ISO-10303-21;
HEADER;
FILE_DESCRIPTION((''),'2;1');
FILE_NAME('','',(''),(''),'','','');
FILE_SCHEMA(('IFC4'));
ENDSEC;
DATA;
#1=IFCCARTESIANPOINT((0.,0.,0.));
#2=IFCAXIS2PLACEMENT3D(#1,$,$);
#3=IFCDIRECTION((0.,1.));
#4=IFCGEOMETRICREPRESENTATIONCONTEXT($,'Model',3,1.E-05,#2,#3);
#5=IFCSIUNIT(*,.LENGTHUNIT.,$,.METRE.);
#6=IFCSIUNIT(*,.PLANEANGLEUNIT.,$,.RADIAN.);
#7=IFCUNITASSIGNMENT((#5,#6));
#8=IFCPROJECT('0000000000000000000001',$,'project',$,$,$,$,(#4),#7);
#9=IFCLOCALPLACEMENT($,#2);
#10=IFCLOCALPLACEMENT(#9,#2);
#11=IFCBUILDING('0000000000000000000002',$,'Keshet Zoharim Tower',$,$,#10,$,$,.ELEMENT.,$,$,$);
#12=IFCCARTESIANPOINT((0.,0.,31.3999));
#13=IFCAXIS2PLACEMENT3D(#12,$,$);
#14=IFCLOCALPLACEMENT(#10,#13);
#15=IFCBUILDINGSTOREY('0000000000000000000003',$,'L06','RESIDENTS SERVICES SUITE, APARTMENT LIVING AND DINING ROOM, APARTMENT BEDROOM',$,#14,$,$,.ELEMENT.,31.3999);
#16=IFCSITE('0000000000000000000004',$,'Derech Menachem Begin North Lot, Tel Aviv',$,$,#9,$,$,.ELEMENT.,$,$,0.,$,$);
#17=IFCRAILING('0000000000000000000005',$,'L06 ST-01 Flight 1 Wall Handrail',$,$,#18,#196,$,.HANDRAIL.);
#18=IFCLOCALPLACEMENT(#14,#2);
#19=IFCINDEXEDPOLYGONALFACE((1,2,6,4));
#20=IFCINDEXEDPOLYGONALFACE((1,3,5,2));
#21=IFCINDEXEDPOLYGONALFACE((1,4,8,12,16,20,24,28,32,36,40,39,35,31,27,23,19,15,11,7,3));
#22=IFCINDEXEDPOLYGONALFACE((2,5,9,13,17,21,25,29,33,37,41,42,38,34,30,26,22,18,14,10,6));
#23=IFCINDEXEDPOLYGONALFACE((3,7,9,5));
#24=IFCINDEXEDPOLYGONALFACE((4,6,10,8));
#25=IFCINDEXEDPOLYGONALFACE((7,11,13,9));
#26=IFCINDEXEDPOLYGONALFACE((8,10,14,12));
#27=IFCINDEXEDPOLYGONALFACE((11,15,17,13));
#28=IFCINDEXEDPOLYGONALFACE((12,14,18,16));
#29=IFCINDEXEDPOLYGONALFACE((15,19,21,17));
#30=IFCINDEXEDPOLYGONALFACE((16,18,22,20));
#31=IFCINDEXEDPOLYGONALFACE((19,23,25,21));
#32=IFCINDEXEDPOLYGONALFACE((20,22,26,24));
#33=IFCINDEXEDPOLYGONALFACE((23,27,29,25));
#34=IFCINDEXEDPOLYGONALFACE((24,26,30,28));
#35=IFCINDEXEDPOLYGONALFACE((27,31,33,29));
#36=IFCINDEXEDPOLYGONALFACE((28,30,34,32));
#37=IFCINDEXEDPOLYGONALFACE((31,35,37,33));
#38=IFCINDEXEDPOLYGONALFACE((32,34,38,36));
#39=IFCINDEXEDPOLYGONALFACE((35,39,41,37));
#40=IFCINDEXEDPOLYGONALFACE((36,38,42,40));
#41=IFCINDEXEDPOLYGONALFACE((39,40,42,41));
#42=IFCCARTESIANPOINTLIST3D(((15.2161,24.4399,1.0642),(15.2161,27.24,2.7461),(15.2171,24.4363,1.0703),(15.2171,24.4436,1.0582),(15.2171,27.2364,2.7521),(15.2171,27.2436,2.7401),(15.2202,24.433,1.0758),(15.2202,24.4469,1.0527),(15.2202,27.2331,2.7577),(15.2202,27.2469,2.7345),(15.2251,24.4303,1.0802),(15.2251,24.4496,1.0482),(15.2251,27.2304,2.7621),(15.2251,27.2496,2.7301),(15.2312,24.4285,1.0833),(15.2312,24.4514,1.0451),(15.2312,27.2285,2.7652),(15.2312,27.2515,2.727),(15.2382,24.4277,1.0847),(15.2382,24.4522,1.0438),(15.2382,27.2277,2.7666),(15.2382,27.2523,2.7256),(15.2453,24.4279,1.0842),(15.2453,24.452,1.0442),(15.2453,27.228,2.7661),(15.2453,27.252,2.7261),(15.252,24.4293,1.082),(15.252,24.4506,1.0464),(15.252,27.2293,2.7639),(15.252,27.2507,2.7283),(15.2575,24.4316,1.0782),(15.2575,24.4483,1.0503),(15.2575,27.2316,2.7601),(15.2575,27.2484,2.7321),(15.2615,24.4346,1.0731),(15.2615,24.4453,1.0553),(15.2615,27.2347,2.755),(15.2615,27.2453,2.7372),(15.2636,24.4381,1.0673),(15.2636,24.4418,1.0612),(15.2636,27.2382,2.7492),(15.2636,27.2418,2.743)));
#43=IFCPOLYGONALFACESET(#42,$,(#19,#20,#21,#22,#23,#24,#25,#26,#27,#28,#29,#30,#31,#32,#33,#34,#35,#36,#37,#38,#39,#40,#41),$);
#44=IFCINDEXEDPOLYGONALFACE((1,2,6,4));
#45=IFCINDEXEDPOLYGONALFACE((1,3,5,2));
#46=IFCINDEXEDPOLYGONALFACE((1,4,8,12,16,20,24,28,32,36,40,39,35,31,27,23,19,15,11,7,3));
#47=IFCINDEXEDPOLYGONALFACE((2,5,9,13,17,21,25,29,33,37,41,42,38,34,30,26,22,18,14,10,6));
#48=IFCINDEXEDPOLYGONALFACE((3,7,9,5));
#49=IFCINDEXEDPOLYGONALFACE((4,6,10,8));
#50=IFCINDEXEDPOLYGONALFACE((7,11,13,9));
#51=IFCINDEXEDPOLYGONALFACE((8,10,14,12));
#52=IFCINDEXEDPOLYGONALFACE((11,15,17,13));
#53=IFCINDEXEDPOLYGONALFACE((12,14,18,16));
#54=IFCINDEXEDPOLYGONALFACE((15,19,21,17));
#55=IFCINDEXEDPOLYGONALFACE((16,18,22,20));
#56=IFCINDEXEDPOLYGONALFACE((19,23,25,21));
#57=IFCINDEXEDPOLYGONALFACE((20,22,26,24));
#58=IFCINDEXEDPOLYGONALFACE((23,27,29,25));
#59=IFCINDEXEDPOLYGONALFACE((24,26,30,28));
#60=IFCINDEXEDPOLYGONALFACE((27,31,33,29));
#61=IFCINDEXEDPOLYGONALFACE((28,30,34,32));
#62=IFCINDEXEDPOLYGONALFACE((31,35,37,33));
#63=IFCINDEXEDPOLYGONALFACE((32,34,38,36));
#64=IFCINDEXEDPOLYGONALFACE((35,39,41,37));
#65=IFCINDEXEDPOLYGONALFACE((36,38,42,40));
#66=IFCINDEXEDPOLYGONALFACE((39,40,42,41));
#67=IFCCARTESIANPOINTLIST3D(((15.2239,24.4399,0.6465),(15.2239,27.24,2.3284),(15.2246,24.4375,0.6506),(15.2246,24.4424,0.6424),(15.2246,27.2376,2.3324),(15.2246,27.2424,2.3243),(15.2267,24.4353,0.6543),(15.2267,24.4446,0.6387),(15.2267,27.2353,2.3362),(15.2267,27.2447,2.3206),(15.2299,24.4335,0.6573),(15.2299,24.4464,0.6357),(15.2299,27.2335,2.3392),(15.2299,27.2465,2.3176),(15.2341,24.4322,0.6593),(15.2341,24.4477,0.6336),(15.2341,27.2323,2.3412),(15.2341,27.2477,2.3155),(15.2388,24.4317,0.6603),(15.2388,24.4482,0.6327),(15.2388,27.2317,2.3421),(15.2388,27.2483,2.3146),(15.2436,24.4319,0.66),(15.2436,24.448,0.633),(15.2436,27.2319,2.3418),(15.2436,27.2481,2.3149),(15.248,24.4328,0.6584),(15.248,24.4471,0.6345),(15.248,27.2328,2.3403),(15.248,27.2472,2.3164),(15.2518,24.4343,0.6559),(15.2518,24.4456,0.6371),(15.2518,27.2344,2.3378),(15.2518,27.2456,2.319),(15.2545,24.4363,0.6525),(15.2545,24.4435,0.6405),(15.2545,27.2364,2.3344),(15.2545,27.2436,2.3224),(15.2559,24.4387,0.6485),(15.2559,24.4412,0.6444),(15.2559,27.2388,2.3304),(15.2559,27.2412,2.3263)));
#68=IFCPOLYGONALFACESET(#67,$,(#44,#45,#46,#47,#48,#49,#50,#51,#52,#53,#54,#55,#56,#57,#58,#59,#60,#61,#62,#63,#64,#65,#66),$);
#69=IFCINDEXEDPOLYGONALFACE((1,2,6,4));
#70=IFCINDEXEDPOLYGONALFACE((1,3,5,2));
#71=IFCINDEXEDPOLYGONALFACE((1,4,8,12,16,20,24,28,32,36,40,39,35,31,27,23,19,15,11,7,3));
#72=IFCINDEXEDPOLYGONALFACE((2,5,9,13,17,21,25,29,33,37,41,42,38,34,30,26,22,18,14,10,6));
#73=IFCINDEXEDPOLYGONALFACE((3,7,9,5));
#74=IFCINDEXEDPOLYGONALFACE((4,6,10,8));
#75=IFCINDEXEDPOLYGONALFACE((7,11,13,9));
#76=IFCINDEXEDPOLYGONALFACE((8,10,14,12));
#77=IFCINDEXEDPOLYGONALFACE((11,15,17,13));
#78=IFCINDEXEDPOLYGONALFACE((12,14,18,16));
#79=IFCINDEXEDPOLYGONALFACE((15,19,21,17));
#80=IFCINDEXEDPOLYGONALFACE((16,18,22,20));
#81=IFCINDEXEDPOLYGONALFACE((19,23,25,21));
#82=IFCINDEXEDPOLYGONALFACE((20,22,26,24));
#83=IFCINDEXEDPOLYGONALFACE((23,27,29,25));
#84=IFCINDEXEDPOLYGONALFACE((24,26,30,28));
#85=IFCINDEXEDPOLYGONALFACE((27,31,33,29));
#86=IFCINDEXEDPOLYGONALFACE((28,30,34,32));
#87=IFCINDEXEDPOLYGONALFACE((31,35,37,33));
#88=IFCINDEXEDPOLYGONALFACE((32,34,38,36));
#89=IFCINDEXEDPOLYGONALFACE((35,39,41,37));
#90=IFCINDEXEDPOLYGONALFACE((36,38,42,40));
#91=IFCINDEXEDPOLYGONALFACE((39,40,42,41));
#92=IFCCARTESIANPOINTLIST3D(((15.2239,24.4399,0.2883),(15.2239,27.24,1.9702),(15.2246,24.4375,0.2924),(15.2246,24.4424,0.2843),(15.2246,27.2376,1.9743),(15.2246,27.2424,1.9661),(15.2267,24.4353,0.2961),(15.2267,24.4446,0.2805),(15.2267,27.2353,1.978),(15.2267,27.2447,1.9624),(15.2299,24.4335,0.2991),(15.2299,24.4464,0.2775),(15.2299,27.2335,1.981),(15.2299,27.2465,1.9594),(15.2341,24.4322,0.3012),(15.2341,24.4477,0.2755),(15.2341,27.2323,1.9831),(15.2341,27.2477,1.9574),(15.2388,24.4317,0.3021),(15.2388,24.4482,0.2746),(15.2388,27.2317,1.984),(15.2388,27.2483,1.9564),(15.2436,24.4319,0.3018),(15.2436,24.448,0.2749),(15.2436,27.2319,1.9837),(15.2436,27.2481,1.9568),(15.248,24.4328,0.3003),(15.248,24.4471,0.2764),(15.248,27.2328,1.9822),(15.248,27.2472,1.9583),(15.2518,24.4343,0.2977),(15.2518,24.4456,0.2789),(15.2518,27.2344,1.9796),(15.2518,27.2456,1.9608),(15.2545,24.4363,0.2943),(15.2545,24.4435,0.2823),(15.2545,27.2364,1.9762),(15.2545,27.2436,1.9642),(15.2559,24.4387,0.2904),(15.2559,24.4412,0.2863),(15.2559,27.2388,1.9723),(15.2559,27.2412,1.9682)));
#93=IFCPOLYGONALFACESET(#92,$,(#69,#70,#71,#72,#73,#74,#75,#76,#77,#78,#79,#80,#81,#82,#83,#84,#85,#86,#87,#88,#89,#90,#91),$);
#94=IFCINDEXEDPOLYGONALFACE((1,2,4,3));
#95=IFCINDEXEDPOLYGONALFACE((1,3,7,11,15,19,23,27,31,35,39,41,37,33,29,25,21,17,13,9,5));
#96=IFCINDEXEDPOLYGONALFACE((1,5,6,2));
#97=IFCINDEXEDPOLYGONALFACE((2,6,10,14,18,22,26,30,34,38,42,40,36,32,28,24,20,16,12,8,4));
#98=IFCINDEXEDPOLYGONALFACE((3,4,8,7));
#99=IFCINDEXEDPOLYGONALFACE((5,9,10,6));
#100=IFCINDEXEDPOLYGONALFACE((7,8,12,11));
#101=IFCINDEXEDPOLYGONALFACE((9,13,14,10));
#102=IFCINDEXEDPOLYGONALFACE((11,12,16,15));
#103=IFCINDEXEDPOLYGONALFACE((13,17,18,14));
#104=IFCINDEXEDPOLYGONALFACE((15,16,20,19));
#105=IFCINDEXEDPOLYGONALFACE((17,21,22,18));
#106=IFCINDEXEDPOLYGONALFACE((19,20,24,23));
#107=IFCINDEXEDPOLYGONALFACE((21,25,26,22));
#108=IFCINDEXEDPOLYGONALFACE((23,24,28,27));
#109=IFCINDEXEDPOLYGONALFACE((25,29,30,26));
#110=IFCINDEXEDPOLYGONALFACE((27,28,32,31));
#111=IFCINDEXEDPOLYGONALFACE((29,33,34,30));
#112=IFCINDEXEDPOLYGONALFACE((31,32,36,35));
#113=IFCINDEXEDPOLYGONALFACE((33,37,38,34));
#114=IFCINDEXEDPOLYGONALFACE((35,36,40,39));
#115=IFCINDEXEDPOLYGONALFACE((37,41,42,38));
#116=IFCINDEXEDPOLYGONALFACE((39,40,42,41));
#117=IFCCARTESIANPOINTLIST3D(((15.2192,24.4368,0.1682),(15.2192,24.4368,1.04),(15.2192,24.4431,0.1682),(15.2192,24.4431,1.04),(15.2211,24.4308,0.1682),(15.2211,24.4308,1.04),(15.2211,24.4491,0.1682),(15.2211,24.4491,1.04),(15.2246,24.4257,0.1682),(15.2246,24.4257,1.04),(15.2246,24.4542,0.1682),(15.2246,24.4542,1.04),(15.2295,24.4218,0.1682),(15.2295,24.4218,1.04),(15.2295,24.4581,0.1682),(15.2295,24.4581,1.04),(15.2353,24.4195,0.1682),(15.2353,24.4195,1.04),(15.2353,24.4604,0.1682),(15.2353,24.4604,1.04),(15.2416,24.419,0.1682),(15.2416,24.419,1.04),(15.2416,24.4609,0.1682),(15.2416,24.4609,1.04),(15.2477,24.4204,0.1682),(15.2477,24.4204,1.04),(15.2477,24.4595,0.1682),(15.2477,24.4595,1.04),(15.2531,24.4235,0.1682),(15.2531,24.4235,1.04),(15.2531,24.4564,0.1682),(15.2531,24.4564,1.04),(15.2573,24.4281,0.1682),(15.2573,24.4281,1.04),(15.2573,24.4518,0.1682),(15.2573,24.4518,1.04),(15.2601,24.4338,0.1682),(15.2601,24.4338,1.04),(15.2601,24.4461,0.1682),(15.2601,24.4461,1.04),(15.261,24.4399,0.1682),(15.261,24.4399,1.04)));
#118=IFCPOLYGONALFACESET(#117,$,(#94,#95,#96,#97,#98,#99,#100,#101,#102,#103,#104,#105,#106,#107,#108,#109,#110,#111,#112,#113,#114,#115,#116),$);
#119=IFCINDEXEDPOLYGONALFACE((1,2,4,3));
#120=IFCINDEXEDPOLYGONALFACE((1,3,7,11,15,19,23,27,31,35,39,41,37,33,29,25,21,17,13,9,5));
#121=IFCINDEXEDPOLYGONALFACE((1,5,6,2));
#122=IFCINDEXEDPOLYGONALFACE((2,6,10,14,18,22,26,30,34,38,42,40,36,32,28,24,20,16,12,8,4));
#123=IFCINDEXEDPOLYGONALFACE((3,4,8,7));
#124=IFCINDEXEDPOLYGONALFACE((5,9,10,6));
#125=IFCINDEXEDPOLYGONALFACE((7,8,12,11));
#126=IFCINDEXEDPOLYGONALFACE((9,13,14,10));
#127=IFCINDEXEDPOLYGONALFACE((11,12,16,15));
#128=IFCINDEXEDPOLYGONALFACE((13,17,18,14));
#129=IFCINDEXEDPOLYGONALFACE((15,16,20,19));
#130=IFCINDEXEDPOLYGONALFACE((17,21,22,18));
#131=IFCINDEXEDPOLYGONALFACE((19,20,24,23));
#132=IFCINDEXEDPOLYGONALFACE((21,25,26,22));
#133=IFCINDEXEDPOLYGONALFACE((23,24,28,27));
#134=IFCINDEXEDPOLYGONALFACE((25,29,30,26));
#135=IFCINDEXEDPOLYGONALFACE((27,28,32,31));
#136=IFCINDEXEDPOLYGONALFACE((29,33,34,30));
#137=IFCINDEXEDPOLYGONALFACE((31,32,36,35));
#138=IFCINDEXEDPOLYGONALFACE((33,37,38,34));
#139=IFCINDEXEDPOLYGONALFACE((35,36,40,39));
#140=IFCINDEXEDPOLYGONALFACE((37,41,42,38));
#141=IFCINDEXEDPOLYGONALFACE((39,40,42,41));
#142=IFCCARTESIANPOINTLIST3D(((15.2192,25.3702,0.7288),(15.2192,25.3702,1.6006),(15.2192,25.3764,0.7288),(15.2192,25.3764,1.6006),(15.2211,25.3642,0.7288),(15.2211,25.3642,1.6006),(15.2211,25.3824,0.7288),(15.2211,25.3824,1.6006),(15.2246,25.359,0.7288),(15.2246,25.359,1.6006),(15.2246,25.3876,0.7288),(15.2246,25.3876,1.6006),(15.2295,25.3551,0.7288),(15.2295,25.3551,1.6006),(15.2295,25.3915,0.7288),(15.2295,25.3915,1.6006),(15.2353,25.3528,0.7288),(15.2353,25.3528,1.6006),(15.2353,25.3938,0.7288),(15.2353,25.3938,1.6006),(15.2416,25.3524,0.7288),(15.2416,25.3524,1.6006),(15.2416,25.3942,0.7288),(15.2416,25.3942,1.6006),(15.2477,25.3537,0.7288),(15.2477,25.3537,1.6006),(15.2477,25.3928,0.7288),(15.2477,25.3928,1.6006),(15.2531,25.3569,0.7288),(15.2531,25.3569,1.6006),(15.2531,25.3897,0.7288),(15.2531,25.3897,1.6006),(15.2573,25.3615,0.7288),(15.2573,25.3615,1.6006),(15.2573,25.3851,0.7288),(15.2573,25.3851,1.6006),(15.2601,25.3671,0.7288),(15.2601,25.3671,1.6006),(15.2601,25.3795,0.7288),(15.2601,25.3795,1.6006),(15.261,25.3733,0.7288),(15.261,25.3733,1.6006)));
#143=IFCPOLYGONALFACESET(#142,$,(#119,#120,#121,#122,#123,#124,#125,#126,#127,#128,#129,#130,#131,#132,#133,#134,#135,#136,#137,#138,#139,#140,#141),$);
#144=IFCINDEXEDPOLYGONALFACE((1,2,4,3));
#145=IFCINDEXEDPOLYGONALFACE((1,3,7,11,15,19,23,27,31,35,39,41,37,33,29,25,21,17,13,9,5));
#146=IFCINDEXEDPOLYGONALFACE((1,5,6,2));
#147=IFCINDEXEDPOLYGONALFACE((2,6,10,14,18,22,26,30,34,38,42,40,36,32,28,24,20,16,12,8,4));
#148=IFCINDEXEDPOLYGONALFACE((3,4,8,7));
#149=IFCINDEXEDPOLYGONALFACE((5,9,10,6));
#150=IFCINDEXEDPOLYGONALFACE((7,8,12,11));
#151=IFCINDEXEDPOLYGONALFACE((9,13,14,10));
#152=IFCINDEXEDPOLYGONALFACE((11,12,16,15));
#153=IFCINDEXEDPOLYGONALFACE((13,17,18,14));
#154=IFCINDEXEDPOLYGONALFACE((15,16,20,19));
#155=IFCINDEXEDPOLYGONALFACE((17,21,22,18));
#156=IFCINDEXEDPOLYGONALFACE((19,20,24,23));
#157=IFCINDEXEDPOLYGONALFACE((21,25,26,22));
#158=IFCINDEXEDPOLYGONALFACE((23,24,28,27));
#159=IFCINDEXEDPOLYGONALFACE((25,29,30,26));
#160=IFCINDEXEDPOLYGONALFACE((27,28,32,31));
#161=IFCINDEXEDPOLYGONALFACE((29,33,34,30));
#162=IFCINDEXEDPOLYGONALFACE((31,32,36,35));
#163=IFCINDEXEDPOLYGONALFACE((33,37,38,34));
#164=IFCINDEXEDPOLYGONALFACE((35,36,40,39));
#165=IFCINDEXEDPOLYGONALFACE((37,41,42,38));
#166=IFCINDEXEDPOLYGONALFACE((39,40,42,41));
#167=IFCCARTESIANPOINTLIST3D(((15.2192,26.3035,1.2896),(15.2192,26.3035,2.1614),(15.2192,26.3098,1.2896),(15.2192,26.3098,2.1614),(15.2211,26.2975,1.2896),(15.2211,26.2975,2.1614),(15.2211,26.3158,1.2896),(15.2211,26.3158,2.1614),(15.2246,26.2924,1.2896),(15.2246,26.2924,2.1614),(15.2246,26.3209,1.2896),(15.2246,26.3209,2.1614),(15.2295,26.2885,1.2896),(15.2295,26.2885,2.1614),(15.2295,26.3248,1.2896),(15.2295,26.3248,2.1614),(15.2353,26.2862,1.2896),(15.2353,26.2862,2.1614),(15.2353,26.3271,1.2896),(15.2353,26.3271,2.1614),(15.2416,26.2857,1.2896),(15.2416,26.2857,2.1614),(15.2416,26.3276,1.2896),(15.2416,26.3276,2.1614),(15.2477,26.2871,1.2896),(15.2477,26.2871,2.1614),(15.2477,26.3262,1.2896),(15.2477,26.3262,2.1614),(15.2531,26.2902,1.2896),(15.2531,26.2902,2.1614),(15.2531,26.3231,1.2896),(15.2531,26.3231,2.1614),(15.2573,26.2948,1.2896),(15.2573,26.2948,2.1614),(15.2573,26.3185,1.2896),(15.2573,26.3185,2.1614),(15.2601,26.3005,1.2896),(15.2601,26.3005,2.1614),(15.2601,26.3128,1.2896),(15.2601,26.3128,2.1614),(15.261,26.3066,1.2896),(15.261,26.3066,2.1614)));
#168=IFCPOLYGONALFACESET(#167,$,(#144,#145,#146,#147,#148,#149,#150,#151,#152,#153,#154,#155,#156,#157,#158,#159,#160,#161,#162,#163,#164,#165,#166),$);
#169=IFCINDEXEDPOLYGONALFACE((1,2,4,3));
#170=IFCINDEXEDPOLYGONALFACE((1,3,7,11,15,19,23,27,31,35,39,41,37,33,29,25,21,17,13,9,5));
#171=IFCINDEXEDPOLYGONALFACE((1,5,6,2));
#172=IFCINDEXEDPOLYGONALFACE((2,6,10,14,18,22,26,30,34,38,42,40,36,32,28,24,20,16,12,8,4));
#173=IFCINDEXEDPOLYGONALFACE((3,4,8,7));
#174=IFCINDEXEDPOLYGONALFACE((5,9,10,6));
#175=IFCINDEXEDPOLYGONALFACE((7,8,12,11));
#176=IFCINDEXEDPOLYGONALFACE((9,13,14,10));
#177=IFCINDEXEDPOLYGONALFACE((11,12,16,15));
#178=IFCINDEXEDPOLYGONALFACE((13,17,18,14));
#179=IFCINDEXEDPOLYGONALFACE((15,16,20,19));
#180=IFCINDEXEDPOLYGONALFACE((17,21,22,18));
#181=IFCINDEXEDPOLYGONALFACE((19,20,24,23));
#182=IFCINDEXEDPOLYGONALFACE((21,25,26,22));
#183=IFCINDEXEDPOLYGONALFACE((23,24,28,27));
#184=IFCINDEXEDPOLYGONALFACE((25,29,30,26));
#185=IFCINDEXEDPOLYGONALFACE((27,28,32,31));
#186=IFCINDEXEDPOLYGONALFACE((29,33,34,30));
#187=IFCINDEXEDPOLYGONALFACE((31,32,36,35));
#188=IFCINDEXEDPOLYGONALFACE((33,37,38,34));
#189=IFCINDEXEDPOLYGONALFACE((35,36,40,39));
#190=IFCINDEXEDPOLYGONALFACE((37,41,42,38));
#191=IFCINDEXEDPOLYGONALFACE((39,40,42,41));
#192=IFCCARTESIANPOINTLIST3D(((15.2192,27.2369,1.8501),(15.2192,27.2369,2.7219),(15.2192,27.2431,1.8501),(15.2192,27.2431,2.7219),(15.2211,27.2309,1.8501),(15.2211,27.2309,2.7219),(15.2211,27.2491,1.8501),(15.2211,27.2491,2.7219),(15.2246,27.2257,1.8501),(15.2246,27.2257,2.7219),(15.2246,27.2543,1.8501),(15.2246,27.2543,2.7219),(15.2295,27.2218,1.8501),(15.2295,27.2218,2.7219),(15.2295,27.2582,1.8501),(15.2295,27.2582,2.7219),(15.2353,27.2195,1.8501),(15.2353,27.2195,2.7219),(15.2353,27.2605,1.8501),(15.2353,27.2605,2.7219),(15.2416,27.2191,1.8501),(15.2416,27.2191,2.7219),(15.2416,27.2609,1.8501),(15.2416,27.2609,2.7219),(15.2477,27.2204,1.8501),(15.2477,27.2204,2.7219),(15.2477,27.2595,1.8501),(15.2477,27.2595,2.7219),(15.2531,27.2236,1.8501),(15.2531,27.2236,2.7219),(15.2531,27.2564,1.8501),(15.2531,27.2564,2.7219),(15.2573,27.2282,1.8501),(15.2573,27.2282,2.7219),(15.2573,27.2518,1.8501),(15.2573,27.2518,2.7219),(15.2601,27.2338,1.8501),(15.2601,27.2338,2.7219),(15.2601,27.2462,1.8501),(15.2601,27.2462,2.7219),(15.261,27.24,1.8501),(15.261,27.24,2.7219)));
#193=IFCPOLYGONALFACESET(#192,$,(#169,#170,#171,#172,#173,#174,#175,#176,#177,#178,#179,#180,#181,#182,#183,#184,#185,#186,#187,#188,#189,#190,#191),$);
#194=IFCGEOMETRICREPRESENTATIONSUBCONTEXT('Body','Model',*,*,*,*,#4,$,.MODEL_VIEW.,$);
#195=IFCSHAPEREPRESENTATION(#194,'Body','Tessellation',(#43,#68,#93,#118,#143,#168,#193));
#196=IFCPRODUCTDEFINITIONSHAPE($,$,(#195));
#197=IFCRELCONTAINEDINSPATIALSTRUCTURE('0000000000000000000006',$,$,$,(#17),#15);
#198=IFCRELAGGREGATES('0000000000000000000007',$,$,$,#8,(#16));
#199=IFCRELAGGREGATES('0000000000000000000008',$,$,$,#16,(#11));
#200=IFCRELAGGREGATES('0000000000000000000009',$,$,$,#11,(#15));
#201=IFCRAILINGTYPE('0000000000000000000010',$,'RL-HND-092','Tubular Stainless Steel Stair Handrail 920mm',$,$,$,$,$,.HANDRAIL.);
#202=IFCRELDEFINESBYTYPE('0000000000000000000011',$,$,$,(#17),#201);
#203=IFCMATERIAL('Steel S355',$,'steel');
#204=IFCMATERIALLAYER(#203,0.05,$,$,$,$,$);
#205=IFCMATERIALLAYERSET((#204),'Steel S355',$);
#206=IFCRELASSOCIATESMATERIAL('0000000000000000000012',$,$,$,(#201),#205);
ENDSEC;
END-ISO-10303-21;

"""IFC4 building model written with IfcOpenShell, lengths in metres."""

from ifc_helpers import new_model, si_unit, direction, frame, origin, origin_2d, place, context, subcontext, project, spatial, circle, extrude, material, layer, layer_set, type_object, element, save


model = new_model("IFC4")

# Units and contexts
model_context = context("Model", 3, precision=1e-05, world=origin(), true_north=direction((0.0, 1.0)))
body_context = subcontext(model_context, "Body", "Model", "MODEL_VIEW")
ifc_project = project(units=[si_unit("LENGTHUNIT", "METRE"), si_unit("PLANEANGLEUNIT", "RADIAN")], contexts=[model_context])

# Site, building, storey
site_placement = place(None, origin())
site = spatial("IfcSite", under=ifc_project, at=site_placement, Name="Derech Menachem Begin North Lot, Tel Aviv", CompositionType="ELEMENT", RefElevation=0.0)
building_placement = place(site_placement, origin())
building = spatial("IfcBuilding", under=site, at=building_placement, Name="Keshet Zoharim Tower", CompositionType="ELEMENT")
storey_placement = place(building_placement, frame((0.0, 0.0, 31.3999)))
storey = spatial("IfcBuildingStorey", under=building, at=storey_placement, Name="L06", Description="RESIDENTS SERVICES SUITE, APARTMENT LIVING AND DINING ROOM, APARTMENT BEDROOM", CompositionType="ELEMENT", Elevation=31.3999)

# Railing
ifc_material_1 = material(Name="Steel S355", Category="steel")
ifc_layer_1 = layer(ifc_material_1, 0.05)
ifc_layer_set_1 = layer_set([ifc_layer_1], Name="Steel S355")
railing_type_1 = type_object("IfcRailingType", Name="RL-HND-092", Description="Tubular Stainless Steel Stair Handrail 920mm", PredefinedType="HANDRAIL", material=ifc_layer_set_1)
railing_1_placement = place(storey_placement, frame((15.24, 24.4399, 0.1682)))
element("IfcRailing", 1, at=railing_1_placement, inside=storey, type_object=railing_type_1, Name="L06 ST-01 Flight 1 Wall Handrail", PredefinedType="HANDRAIL", context=body_context, shape_type="SweptSolid", body=[
    extrude(circle(Radius=0.0239, at=origin_2d()), frame((0.0, 0.0, 0.896), z_axis=(0.0, 0.857242, 0.514913), x_axis=(-1.0, 0.0, 0.0)), (0.0, 0.0, 1.0), 3.2664),
    extrude(circle(Radius=0.0161, at=origin_2d()), frame((0.0, 0.0, 0.4783), z_axis=(0.0, 0.857242, 0.514913), x_axis=(-1.0, 0.0, 0.0)), (0.0, 0.0, 1.0), 3.2664),
    extrude(circle(Radius=0.0161, at=origin_2d()), frame((0.0, 0.0, 0.1201), z_axis=(0.0, 0.857242, 0.514913), x_axis=(-1.0, 0.0, 0.0)), (0.0, 0.0, 1.0), 3.2664),
    extrude(circle(Radius=0.021, at=origin_2d()), origin(), (0.0, 0.0, 1.0), 0.8718),
    extrude(circle(Radius=0.021, at=origin_2d()), frame((0.0, 0.9333, 0.5605)), (0.0, 0.0, 1.0), 0.8718),
    extrude(circle(Radius=0.021, at=origin_2d()), frame((0.0, 1.8667, 1.1213)), (0.0, 0.0, 1.0), 0.8718),
    extrude(circle(Radius=0.021, at=origin_2d()), frame((0.0, 2.8, 1.6819)), (0.0, 0.0, 1.0), 0.8718),
])

save(model, "model.ifc")
